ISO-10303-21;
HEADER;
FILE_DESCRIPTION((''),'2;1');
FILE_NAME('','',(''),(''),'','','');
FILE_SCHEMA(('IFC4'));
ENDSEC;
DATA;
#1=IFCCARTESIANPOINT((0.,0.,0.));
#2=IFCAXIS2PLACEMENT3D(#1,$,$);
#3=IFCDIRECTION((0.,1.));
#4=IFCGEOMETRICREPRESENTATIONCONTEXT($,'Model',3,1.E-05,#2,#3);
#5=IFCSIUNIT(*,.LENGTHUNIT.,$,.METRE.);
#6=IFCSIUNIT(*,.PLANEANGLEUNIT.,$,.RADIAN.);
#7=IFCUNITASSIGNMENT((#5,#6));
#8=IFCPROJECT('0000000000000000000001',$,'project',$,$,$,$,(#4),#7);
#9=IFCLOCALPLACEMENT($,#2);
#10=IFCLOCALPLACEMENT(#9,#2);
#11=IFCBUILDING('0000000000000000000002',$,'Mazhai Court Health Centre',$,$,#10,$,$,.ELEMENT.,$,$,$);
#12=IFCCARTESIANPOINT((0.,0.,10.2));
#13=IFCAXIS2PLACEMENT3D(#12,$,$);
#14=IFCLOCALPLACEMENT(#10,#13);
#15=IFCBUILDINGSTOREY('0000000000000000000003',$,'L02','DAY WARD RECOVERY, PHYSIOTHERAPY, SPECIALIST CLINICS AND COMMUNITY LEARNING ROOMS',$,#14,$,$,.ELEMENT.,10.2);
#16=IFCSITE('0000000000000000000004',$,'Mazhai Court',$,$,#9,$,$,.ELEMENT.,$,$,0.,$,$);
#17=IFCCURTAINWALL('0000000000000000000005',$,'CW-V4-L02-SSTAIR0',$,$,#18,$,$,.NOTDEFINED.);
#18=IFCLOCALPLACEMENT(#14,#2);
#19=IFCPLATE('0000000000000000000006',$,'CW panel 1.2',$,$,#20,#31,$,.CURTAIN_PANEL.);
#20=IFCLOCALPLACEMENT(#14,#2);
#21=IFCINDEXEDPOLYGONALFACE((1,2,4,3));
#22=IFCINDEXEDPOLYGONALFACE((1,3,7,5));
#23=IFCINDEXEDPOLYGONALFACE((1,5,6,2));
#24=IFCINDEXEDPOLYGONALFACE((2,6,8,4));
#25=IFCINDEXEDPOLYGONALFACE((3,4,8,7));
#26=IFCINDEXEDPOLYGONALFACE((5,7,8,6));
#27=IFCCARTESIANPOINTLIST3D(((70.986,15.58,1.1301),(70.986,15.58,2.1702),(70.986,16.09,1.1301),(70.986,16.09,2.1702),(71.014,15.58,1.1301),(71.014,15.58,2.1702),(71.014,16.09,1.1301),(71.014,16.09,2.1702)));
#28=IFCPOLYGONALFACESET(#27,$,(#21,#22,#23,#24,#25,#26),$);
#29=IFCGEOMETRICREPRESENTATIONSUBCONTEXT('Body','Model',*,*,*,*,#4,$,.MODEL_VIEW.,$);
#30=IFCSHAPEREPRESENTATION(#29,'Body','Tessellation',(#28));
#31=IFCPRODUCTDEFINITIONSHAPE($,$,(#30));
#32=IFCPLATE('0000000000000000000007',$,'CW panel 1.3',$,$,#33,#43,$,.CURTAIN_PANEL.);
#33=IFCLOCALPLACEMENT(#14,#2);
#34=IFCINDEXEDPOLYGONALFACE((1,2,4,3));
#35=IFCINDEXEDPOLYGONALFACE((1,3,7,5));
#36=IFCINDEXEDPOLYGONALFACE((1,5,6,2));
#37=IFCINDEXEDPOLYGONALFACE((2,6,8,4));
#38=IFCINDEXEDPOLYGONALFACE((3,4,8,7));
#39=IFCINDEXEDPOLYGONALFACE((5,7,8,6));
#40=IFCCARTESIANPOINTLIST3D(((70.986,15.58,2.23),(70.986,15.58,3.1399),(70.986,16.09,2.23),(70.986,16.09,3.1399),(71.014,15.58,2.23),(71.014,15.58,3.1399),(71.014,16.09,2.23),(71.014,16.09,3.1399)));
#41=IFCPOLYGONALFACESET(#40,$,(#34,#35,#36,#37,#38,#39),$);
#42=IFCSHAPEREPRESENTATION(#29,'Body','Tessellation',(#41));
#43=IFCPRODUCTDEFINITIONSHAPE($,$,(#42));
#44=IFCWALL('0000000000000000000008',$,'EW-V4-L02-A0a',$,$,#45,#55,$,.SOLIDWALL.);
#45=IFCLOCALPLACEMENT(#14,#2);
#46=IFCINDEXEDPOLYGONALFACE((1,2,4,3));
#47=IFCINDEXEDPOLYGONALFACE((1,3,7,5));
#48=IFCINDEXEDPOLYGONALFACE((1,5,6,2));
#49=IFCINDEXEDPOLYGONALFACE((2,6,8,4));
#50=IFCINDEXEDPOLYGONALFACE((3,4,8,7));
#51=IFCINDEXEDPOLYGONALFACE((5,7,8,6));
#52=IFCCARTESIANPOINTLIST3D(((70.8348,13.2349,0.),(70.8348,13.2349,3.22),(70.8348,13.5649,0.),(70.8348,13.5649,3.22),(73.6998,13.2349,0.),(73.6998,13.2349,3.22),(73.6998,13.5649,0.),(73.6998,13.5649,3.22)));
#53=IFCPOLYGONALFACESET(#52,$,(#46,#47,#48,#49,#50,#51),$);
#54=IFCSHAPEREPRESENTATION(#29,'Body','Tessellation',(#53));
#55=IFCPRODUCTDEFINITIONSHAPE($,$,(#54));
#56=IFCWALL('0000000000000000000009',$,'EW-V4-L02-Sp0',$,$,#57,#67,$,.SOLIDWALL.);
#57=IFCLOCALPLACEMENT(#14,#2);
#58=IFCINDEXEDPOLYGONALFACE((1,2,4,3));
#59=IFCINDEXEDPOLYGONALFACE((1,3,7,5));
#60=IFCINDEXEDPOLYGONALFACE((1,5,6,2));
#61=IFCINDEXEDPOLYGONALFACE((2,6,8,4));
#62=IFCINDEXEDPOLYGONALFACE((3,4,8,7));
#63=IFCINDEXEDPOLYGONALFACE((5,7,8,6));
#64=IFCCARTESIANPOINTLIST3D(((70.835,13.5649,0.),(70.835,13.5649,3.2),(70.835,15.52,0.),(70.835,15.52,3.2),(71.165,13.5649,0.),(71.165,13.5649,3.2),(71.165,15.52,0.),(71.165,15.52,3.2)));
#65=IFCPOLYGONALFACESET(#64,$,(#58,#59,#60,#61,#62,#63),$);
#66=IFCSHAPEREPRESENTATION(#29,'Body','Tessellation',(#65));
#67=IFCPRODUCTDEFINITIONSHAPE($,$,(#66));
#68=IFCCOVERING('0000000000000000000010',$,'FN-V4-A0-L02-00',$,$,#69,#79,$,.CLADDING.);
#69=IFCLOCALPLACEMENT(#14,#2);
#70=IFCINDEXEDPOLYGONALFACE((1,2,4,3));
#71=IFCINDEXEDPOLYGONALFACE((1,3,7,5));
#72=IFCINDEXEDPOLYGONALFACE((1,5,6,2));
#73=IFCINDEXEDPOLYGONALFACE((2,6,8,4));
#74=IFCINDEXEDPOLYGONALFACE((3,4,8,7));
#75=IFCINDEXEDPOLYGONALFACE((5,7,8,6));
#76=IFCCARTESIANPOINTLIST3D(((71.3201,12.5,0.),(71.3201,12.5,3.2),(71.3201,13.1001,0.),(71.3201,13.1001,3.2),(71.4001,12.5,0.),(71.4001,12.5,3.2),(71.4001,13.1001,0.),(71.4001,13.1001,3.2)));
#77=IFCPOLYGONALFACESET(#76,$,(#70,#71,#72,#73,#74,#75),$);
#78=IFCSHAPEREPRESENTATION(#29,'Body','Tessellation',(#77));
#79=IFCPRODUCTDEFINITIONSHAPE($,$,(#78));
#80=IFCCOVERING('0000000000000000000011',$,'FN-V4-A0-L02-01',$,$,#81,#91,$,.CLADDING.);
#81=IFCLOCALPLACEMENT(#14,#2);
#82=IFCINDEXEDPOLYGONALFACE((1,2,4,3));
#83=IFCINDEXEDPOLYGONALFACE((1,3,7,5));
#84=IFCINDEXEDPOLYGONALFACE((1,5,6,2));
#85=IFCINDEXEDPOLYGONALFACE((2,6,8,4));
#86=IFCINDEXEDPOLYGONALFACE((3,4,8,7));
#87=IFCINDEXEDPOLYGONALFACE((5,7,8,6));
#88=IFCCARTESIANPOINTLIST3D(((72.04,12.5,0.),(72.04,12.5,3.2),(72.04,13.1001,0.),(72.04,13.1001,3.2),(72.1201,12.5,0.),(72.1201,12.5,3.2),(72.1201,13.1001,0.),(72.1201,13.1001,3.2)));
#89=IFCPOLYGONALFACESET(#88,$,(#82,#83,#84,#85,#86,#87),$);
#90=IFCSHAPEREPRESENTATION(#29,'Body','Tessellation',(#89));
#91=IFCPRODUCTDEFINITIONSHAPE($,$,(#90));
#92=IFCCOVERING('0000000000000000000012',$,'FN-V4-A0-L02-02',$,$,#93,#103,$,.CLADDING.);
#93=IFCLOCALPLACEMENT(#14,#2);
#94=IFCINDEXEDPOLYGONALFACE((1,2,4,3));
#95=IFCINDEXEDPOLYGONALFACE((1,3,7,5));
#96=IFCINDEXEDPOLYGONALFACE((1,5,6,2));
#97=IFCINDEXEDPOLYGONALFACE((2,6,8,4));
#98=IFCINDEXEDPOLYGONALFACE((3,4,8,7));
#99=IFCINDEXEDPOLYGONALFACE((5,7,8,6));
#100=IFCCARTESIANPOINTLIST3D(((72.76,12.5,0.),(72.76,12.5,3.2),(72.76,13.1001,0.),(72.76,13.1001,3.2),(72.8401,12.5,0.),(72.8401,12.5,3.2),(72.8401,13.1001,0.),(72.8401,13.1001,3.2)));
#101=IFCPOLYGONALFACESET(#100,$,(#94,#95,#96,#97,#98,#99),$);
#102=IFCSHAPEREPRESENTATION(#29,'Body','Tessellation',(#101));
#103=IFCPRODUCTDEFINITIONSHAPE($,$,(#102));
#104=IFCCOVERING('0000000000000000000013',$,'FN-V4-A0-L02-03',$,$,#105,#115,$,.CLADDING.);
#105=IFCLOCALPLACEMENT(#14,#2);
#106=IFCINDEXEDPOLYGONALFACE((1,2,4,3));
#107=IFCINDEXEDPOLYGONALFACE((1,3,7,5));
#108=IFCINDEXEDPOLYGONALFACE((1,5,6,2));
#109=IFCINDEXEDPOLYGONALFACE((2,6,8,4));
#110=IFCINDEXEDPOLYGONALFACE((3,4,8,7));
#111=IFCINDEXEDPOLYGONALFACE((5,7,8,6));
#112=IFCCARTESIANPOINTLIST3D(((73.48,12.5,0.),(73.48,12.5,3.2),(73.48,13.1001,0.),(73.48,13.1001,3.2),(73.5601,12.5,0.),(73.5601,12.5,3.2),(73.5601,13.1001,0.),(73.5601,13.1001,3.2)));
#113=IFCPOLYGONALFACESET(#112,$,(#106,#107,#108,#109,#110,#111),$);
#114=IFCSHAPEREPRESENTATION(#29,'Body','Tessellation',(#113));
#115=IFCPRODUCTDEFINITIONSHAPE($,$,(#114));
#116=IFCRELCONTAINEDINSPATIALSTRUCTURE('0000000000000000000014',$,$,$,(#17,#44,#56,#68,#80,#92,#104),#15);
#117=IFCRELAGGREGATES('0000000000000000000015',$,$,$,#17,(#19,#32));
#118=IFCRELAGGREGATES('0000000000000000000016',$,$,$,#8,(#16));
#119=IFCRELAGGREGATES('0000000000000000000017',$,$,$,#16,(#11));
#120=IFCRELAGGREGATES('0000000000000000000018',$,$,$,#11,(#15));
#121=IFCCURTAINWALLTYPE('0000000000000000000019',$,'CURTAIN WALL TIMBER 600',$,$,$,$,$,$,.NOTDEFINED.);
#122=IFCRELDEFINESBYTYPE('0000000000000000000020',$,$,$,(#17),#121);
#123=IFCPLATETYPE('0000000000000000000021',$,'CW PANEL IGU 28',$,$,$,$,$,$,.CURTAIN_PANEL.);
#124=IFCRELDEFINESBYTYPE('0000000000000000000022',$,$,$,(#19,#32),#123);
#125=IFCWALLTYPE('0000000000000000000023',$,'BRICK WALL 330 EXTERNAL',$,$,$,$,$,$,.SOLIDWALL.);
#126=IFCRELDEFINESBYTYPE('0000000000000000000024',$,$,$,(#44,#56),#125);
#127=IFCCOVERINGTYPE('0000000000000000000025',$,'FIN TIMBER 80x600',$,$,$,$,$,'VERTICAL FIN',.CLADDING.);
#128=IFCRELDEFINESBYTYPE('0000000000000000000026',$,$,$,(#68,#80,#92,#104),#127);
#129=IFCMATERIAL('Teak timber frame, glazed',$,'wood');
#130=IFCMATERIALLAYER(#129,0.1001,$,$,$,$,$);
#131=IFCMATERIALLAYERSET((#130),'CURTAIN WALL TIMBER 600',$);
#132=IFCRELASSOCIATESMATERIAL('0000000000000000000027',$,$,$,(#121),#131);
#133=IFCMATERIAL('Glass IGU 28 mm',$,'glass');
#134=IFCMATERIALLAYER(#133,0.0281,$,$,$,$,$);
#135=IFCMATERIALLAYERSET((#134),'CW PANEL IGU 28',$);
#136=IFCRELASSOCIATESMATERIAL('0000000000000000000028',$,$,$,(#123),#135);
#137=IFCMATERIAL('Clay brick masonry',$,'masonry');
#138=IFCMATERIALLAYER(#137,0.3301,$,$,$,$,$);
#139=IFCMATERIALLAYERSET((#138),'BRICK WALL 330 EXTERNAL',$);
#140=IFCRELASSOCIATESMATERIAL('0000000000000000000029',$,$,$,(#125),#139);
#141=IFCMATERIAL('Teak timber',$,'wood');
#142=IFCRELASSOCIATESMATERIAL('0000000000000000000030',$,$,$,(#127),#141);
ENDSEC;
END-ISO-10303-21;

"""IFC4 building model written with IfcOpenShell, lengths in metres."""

from ifc_helpers import new_model, si_unit, direction, frame, frame_2d, origin, origin_2d, place, context, subcontext, project, spatial, rectangle, extrude, material, layer, layer_set, type_object, element, aggregate, save


model = new_model("IFC4")

# Units and contexts
model_context = context("Model", 3, precision=1e-05, world=origin(), true_north=direction((0.0, 1.0)))
body_context = subcontext(model_context, "Body", "Model", "MODEL_VIEW")
ifc_project = project(units=[si_unit("LENGTHUNIT", "METRE"), si_unit("PLANEANGLEUNIT", "RADIAN")], contexts=[model_context])

# Site, building, storey
site_placement = place(None, origin())
site = spatial("IfcSite", under=ifc_project, at=site_placement, Name="Mazhai Court", CompositionType="ELEMENT", RefElevation=0.0)
building_placement = place(site_placement, origin())
building = spatial("IfcBuilding", under=site, at=building_placement, Name="Mazhai Court Health Centre", CompositionType="ELEMENT")
storey_placement = place(building_placement, frame((0.0, 0.0, 10.2)))
storey = spatial("IfcBuildingStorey", under=building, at=storey_placement, Name="L02", Description="DAY WARD RECOVERY, PHYSIOTHERAPY, SPECIALIST CLINICS AND COMMUNITY LEARNING ROOMS", CompositionType="ELEMENT", Elevation=10.2)

# Curtain wall
ifc_material_1 = material(Name="Teak timber frame, glazed", Category="wood")
ifc_layer_1 = layer(ifc_material_1, 0.1001)
ifc_layer_set_1 = layer_set([ifc_layer_1], Name="CURTAIN WALL TIMBER 600")
curtain_wall_type_1 = type_object("IfcCurtainWallType", Name="CURTAIN WALL TIMBER 600", PredefinedType="NOTDEFINED", material=ifc_layer_set_1)
curtain_wall_1_placement = place(storey_placement, origin())
curtain_wall_1 = element("IfcCurtainWall", 1, at=curtain_wall_1_placement, inside=storey, type_object=curtain_wall_type_1, Name="CW-V4-L02-SSTAIR0", PredefinedType="NOTDEFINED")

# Plates
ifc_material_2 = material(Name="Glass IGU 28 mm", Category="glass")
ifc_layer_2 = layer(ifc_material_2, 0.0281)
ifc_layer_set_2 = layer_set([ifc_layer_2], Name="CW PANEL IGU 28")
plate_type = type_object("IfcPlateType", Name="CW PANEL IGU 28", PredefinedType="CURTAIN_PANEL", material=ifc_layer_set_2)
plate_1_placement = place(storey_placement, frame((71.0, 15.835, 1.1301), z_axis=(0.0, 0.0, 1.0), x_axis=(0.0, 1.0, 0.0)))
plate_1 = element("IfcPlate", 2, at=plate_1_placement, type_object=plate_type, Name="CW panel 1.2", PredefinedType="CURTAIN_PANEL", context=body_context, shape_type="SweptSolid", body=[
    extrude(rectangle(XDim=0.51, YDim=0.0281, at=origin_2d()), origin(), (0.0, 0.0, 1.0), 1.04),
])
plate_2_placement = place(storey_placement, frame((71.0, 15.835, 2.23), z_axis=(0.0, 0.0, 1.0), x_axis=(0.0, 1.0, 0.0)))
plate_2 = element("IfcPlate", 3, at=plate_2_placement, type_object=plate_type, Name="CW panel 1.3", PredefinedType="CURTAIN_PANEL", context=body_context, shape_type="SweptSolid", body=[
    extrude(rectangle(XDim=0.51, YDim=0.0281, at=origin_2d()), origin(), (0.0, 0.0, 1.0), 0.9099),
])
aggregate(curtain_wall_1, [plate_1, plate_2])

# Walls
ifc_material_3 = material(Name="Clay brick masonry", Category="masonry")
ifc_layer_3 = layer(ifc_material_3, 0.3301)
ifc_layer_set_3 = layer_set([ifc_layer_3], Name="BRICK WALL 330 EXTERNAL")
wall_type = type_object("IfcWallType", Name="BRICK WALL 330 EXTERNAL", PredefinedType="SOLIDWALL", material=ifc_layer_set_3)
wall_1_placement = place(storey_placement, frame((73.7, 13.3999, 0.0), z_axis=(0.0, 0.0, 1.0), x_axis=(-1.0, 0.0, 0.0)))
element("IfcWall", 4, at=wall_1_placement, inside=storey, type_object=wall_type, Name="EW-V4-L02-A0a", PredefinedType="SOLIDWALL", context=body_context, shape_type="SweptSolid", body=[
    extrude(rectangle(XDim=2.865, YDim=0.3301, at=frame_2d((1.4326, 0.0))), origin(), (0.0, 0.0, 1.0), 3.22),
])
wall_2_placement = place(storey_placement, frame((71.0, 13.5649, 0.0), z_axis=(0.0, 0.0, 1.0), x_axis=(0.0, 1.0, 0.0)))
element("IfcWall", 5, at=wall_2_placement, inside=storey, type_object=wall_type, Name="EW-V4-L02-Sp0", PredefinedType="SOLIDWALL", context=body_context, shape_type="SweptSolid", body=[
    extrude(rectangle(XDim=1.9551, YDim=0.3301, at=frame_2d((0.9775, 0.0))), origin(), (0.0, 0.0, 1.0), 3.2),
])

# Coverings
ifc_material_4 = material(Name="Teak timber", Category="wood")
covering_type = type_object("IfcCoveringType", Name="FIN TIMBER 80x600", ElementType="VERTICAL FIN", PredefinedType="CLADDING", material=ifc_material_4)
for number, where, z_axis, x_axis, name in (
    (6, (71.3601, 12.8, 0.0), (0.0, 0.0, 1.0), (1.0, 0.0, 0.0), "FN-V4-A0-L02-00"),
    (7, (72.0801, 12.8, 0.0), (0.0, 0.0, 1.0), (1.0, 0.0, 0.0), "FN-V4-A0-L02-01"),
    (8, (72.8, 12.8, 0.0), (0.0, 0.0, 1.0), (1.0, 0.0, 0.0), "FN-V4-A0-L02-02"),
    (9, (73.52, 12.8, 0.0), (0.0, 0.0, 1.0), (1.0, 0.0, 0.0), "FN-V4-A0-L02-03"),
):
    element("IfcCovering", number, at=place(storey_placement, frame(where, z_axis=z_axis, x_axis=x_axis)), inside=storey, type_object=covering_type, Name=name, PredefinedType="CLADDING", context=body_context, shape_type="SweptSolid", body=[
        extrude(rectangle(XDim=0.0801, YDim=0.6001, at=origin_2d()), origin(), (0.0, 0.0, 1.0), 3.2),
    ])

save(model, "model.ifc")
